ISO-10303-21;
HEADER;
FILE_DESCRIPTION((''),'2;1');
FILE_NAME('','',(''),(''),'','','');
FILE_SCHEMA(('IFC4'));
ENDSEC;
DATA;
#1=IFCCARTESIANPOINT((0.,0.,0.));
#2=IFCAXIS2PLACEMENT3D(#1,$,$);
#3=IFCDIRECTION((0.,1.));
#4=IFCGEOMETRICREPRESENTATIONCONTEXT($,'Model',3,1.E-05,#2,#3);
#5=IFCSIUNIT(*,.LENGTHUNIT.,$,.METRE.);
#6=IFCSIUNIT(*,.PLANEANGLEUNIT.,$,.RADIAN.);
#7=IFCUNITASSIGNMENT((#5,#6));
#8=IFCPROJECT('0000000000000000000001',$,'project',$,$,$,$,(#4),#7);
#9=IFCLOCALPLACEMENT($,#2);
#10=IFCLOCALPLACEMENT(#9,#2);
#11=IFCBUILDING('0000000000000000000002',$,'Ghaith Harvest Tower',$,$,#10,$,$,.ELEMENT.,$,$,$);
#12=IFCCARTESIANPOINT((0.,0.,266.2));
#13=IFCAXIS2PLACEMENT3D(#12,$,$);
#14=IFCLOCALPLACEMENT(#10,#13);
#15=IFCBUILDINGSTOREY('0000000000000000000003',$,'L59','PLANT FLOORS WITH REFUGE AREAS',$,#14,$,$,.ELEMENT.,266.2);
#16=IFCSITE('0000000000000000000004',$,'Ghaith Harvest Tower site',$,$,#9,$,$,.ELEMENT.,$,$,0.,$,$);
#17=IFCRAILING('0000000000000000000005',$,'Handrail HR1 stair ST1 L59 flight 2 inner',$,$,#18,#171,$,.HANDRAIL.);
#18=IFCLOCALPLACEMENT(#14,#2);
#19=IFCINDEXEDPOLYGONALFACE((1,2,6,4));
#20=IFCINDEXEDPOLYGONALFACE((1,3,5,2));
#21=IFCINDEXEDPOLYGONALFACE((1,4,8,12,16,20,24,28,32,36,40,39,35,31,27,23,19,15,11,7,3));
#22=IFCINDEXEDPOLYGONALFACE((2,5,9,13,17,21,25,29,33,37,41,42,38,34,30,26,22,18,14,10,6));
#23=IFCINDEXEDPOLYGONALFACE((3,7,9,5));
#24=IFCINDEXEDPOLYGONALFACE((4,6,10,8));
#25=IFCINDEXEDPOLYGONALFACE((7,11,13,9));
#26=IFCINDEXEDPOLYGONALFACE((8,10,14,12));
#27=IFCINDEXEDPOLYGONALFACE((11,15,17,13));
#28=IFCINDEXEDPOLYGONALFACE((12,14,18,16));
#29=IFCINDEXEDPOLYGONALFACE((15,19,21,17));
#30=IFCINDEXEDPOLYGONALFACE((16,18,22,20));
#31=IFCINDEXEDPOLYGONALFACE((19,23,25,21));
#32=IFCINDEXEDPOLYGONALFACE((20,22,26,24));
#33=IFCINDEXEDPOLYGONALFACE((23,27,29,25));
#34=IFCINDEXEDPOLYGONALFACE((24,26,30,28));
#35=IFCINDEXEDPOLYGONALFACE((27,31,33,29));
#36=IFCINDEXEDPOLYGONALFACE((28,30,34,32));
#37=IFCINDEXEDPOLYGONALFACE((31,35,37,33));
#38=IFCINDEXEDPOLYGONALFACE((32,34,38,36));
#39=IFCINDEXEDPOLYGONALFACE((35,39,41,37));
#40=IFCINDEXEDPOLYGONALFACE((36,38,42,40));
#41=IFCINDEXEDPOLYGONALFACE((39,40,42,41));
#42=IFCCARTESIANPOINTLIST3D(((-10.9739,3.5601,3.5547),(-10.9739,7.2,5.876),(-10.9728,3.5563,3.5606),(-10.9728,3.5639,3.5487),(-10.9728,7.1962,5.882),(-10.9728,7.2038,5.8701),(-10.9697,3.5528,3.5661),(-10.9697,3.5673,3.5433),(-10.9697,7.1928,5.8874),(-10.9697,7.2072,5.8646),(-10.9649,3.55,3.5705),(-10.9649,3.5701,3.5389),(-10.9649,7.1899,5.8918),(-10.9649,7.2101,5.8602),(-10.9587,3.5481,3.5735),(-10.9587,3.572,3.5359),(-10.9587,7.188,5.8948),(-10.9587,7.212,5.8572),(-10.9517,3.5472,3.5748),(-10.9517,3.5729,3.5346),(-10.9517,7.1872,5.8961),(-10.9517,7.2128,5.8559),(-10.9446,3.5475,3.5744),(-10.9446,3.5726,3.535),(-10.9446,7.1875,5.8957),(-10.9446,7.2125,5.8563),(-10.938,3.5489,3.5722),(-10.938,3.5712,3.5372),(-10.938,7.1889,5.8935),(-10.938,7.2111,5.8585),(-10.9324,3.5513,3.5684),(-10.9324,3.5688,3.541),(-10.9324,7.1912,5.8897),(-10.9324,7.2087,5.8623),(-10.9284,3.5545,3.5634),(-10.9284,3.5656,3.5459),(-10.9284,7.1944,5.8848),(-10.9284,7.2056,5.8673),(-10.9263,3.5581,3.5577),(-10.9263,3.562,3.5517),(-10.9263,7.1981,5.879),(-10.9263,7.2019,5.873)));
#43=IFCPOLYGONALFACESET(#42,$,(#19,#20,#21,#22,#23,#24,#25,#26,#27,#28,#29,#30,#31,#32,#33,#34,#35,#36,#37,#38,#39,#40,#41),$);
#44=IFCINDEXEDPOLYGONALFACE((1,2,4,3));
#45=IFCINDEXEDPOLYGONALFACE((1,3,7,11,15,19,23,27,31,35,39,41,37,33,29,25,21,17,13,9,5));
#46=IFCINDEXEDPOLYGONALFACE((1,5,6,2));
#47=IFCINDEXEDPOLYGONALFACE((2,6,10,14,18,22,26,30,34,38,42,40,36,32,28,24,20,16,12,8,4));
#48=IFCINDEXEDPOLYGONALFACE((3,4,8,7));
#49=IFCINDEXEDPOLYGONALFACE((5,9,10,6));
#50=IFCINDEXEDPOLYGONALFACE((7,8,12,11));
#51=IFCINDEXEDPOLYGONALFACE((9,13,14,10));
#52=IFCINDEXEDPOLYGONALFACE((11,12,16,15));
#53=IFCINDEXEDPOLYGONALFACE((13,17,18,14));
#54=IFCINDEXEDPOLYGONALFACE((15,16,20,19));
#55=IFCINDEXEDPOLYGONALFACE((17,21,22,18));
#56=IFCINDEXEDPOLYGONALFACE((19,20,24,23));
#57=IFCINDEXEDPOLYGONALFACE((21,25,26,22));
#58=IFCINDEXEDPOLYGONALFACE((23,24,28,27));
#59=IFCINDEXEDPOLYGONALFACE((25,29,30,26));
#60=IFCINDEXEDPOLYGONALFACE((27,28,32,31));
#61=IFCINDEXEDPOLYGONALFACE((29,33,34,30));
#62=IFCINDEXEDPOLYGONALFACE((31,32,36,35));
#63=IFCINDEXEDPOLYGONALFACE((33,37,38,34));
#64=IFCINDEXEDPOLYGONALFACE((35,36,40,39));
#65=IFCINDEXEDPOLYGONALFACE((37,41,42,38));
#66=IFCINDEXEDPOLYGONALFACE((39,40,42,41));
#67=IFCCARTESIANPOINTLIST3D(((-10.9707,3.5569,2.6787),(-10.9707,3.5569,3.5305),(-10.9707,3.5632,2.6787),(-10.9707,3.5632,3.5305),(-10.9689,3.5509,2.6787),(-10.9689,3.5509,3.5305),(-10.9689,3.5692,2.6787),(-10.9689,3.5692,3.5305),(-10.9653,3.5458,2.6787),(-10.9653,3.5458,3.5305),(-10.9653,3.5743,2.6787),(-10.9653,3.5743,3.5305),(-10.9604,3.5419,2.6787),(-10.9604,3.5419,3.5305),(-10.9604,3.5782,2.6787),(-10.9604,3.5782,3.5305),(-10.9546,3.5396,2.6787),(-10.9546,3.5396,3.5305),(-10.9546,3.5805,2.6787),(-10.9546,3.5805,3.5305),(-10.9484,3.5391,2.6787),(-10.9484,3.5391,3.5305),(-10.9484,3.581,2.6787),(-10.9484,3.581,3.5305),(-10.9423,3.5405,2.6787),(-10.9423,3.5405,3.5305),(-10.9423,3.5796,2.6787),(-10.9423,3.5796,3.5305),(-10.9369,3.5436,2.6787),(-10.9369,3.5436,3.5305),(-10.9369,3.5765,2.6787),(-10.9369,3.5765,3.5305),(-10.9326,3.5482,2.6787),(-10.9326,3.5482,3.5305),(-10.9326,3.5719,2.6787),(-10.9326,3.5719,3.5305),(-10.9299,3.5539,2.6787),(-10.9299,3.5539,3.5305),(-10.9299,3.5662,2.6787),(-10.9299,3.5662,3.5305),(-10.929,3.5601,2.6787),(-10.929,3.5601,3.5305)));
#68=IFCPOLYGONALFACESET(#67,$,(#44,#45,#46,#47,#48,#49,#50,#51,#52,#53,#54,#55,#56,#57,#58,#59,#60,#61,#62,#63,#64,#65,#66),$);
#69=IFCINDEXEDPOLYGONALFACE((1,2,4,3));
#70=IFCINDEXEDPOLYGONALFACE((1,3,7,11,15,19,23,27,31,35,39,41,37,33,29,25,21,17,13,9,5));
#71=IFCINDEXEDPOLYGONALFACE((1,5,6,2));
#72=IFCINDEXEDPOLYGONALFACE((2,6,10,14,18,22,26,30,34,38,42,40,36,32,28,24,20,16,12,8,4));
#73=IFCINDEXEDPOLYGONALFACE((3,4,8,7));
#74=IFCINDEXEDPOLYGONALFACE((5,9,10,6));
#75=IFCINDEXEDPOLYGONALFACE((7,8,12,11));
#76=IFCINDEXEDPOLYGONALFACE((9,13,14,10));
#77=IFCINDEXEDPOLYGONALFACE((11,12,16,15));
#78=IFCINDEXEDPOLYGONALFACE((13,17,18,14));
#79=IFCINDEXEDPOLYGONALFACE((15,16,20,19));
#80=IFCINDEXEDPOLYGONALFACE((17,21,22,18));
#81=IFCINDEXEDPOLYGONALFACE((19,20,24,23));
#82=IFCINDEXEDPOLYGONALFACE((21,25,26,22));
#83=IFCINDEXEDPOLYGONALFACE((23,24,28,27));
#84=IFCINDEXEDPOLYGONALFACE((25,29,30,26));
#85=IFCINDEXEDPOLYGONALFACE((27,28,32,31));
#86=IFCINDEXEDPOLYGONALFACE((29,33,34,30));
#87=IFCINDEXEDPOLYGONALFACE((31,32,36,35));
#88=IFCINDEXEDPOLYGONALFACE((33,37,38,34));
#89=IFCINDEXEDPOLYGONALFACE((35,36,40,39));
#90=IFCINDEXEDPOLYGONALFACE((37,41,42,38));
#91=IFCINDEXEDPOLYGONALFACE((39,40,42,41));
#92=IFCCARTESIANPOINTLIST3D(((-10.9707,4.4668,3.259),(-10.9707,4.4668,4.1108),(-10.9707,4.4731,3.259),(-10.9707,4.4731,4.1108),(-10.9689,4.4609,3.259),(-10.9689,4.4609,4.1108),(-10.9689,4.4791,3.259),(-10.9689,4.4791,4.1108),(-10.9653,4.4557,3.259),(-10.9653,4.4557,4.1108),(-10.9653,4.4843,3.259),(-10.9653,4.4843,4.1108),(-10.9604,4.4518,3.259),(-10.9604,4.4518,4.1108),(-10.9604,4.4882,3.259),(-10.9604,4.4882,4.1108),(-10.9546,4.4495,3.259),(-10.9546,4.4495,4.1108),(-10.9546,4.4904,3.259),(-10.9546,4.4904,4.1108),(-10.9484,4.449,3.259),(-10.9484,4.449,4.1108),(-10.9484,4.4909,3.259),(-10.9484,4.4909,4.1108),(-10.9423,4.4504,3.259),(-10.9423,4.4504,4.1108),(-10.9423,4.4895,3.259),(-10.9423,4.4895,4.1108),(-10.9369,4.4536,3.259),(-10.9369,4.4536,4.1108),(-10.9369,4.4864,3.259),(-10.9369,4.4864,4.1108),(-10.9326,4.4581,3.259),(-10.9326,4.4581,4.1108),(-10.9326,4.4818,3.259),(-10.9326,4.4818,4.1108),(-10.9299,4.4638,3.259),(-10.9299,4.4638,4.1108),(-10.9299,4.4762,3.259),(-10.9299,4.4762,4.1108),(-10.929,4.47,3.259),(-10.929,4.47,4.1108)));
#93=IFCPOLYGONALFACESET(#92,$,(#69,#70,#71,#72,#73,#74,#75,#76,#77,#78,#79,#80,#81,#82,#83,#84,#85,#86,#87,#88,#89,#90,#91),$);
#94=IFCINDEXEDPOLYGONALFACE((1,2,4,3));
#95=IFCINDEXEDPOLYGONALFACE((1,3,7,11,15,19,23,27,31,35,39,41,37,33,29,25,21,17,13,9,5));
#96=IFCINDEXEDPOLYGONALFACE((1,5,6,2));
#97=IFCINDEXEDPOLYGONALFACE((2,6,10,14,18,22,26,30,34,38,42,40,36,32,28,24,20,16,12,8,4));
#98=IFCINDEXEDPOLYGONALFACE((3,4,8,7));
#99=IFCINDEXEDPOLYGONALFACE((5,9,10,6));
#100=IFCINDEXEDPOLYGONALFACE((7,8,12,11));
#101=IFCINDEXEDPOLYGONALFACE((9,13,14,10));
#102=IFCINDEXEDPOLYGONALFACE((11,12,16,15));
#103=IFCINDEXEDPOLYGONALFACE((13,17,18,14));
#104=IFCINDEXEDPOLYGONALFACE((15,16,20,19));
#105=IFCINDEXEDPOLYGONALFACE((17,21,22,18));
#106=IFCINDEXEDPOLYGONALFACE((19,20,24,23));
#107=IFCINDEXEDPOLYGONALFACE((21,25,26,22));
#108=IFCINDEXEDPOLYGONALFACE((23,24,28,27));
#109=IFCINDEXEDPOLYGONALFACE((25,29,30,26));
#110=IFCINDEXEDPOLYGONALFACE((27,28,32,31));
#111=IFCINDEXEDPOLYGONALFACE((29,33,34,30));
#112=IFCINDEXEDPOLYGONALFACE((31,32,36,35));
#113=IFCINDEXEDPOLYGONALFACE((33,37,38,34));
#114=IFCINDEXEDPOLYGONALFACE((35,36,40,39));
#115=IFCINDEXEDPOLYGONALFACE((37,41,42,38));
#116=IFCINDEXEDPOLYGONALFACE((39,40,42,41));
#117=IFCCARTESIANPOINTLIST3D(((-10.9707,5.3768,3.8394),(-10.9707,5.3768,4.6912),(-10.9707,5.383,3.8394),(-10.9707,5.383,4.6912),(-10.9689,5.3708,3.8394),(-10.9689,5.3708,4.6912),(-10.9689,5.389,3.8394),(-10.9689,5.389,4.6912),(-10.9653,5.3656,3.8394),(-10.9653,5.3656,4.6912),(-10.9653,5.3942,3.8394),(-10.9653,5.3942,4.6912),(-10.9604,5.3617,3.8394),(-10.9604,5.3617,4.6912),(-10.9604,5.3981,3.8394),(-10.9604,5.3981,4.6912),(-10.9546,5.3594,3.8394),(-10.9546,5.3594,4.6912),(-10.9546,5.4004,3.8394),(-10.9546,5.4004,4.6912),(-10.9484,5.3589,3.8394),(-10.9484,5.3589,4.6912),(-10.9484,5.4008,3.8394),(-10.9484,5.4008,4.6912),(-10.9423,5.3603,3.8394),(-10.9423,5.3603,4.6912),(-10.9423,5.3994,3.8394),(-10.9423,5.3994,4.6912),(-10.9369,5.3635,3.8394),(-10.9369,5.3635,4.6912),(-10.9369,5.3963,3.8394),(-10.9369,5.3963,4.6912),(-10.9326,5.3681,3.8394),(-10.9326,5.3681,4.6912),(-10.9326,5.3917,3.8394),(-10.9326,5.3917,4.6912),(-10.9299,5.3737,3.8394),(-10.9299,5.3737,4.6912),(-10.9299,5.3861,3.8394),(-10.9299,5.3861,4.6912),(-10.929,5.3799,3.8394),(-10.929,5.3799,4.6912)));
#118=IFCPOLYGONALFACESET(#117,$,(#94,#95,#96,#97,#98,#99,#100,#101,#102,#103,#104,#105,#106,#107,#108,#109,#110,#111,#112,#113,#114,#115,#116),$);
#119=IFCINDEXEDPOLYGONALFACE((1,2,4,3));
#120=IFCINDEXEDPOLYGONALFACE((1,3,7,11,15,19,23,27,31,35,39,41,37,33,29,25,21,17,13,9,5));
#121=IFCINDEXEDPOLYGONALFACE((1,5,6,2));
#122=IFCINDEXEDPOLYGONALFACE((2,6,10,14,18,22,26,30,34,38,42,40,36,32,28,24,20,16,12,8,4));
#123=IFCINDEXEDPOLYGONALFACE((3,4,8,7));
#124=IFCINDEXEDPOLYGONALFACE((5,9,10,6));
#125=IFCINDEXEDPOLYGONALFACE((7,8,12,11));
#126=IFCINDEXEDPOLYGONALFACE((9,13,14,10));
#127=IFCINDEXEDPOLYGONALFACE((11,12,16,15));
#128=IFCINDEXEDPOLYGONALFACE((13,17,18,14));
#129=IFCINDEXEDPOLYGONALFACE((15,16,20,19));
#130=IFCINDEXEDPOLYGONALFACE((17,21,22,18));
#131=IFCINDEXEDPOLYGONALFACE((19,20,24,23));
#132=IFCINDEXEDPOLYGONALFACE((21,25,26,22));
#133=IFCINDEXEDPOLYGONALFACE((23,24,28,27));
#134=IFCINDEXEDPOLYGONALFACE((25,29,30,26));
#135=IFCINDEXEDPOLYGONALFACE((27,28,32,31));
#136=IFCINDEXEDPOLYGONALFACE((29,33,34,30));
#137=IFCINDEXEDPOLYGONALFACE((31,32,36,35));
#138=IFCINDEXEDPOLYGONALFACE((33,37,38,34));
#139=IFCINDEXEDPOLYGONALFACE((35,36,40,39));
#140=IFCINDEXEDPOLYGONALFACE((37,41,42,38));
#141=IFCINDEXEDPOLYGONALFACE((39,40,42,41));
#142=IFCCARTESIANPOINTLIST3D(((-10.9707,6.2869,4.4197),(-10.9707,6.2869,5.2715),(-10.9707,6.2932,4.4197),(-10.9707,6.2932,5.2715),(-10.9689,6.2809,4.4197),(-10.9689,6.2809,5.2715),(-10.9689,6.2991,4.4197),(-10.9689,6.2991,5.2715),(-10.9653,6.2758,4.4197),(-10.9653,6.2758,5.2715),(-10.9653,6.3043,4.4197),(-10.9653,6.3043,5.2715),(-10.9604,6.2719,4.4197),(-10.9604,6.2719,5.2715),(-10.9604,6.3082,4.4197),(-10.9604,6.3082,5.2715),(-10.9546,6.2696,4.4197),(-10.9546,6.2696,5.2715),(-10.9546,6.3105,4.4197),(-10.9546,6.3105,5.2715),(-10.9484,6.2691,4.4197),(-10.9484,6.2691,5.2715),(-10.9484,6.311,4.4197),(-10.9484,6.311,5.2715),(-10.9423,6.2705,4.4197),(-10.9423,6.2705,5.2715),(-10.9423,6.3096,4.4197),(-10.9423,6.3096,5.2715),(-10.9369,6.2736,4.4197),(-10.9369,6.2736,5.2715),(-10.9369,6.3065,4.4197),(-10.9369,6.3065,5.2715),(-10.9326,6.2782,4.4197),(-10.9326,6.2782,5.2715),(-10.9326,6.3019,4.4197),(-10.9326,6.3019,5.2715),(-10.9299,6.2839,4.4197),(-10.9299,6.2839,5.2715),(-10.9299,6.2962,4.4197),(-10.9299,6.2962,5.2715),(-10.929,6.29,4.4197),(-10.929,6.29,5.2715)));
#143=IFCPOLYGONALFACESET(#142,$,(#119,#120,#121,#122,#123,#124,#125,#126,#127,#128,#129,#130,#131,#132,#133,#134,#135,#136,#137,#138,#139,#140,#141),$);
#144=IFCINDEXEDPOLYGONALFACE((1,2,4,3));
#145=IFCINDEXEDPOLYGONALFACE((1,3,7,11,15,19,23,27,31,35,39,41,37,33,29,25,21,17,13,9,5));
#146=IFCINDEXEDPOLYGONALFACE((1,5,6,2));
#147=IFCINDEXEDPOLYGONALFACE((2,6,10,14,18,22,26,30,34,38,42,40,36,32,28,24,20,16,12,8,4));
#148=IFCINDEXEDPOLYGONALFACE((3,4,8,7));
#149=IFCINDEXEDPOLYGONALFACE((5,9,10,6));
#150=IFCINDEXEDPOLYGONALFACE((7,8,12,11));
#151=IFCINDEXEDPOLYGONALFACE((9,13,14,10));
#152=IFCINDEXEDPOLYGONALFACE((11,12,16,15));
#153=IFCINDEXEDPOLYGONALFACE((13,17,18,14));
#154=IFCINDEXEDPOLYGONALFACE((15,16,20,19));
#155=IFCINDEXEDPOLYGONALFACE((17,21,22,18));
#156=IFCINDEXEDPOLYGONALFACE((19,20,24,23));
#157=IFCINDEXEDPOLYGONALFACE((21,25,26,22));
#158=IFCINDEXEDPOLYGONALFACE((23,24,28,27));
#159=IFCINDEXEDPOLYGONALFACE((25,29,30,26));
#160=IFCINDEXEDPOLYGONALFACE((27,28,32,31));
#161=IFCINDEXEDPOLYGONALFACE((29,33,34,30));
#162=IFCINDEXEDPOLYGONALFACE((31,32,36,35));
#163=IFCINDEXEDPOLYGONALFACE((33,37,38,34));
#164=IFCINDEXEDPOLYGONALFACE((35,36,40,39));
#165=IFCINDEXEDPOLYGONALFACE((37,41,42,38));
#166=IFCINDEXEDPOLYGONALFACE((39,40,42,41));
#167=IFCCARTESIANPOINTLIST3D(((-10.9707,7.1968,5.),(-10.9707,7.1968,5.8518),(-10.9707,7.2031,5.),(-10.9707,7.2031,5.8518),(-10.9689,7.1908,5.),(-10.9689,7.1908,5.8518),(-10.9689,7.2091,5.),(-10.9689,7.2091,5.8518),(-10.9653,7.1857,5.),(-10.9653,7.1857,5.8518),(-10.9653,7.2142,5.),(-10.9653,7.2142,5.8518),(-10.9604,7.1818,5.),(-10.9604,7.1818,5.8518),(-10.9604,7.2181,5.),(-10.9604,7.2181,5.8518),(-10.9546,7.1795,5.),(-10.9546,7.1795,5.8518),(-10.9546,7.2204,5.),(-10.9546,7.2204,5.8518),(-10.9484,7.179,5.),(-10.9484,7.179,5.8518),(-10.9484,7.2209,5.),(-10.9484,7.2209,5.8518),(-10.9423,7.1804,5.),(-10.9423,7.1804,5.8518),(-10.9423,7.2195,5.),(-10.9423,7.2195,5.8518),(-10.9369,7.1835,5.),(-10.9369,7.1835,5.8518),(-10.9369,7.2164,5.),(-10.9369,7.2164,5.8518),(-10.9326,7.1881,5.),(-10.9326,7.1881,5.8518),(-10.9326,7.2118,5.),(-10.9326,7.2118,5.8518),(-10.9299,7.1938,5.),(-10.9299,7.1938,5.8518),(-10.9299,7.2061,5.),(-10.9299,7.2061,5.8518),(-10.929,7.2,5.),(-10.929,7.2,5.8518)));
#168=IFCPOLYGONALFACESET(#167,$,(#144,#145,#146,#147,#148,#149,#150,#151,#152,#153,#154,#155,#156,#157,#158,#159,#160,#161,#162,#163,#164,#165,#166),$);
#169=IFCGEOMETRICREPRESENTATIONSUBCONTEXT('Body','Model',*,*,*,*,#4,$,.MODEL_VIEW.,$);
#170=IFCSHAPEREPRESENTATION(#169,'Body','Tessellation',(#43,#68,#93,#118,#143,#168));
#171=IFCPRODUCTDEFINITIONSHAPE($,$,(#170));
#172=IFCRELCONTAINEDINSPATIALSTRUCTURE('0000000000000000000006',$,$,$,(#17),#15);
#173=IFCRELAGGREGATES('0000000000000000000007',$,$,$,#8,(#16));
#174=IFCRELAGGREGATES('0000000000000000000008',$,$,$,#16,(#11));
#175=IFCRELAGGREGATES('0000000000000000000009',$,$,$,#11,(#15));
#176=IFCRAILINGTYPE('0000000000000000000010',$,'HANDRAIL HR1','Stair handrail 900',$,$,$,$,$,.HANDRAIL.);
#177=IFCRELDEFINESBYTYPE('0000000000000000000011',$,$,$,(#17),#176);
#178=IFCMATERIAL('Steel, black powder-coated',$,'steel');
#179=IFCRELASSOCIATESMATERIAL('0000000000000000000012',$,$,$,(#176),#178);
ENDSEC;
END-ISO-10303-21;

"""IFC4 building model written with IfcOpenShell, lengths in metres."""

from ifc_helpers import new_model, si_unit, direction, frame, origin, origin_2d, place, context, subcontext, project, spatial, circle, extrude, material, type_object, element, save


model = new_model("IFC4")

# Units and contexts
model_context = context("Model", 3, precision=1e-05, world=origin(), true_north=direction((0.0, 1.0)))
body_context = subcontext(model_context, "Body", "Model", "MODEL_VIEW")
ifc_project = project(units=[si_unit("LENGTHUNIT", "METRE"), si_unit("PLANEANGLEUNIT", "RADIAN")], contexts=[model_context])

# Site, building, storey
site_placement = place(None, origin())
site = spatial("IfcSite", under=ifc_project, at=site_placement, Name="Ghaith Harvest Tower site", CompositionType="ELEMENT", RefElevation=0.0)
building_placement = place(site_placement, origin())
building = spatial("IfcBuilding", under=site, at=building_placement, Name="Ghaith Harvest Tower", CompositionType="ELEMENT")
storey_placement = place(building_placement, frame((0.0, 0.0, 266.2)))
storey = spatial("IfcBuildingStorey", under=building, at=storey_placement, Name="L59", Description="PLANT FLOORS WITH REFUGE AREAS", CompositionType="ELEMENT", Elevation=266.2)

# Railing
ifc_material_1 = material(Name="Steel, black powder-coated", Category="steel")
railing_type = type_object("IfcRailingType", Name="HANDRAIL HR1", Description="Stair handrail 900", PredefinedType="HANDRAIL", material=ifc_material_1)
railing_1_placement = place(storey_placement, frame((-10.95, 3.5601, 2.6787)))
element("IfcRailing", 1, at=railing_1_placement, inside=storey, type_object=railing_type, Name="Handrail HR1 stair ST1 L59 flight 2 inner", PredefinedType="HANDRAIL", context=body_context, shape_type="SweptSolid", body=[
    extrude(circle(Radius=0.0239, at=origin_2d()), frame((0.0, 0.0, 0.876), z_axis=(0.0, 0.843137, 0.537699), x_axis=(-1.0, 0.0, 0.0)), (0.0, 0.0, 1.0), 4.3171),
    extrude(circle(Radius=0.021, at=origin_2d()), origin(), (0.0, 0.0, 1.0), 0.8518),
    extrude(circle(Radius=0.021, at=origin_2d()), frame((0.0, 0.9099, 0.5803)), (0.0, 0.0, 1.0), 0.8518),
    extrude(circle(Radius=0.021, at=origin_2d()), frame((0.0, 1.8198, 1.1606)), (0.0, 0.0, 1.0), 0.8518),
    extrude(circle(Radius=0.021, at=origin_2d()), frame((0.0, 2.73, 1.741)), (0.0, 0.0, 1.0), 0.8518),
    extrude(circle(Radius=0.021, at=origin_2d()), frame((0.0, 3.6399, 2.3213)), (0.0, 0.0, 1.0), 0.8518),
])

save(model, "model.ifc")
